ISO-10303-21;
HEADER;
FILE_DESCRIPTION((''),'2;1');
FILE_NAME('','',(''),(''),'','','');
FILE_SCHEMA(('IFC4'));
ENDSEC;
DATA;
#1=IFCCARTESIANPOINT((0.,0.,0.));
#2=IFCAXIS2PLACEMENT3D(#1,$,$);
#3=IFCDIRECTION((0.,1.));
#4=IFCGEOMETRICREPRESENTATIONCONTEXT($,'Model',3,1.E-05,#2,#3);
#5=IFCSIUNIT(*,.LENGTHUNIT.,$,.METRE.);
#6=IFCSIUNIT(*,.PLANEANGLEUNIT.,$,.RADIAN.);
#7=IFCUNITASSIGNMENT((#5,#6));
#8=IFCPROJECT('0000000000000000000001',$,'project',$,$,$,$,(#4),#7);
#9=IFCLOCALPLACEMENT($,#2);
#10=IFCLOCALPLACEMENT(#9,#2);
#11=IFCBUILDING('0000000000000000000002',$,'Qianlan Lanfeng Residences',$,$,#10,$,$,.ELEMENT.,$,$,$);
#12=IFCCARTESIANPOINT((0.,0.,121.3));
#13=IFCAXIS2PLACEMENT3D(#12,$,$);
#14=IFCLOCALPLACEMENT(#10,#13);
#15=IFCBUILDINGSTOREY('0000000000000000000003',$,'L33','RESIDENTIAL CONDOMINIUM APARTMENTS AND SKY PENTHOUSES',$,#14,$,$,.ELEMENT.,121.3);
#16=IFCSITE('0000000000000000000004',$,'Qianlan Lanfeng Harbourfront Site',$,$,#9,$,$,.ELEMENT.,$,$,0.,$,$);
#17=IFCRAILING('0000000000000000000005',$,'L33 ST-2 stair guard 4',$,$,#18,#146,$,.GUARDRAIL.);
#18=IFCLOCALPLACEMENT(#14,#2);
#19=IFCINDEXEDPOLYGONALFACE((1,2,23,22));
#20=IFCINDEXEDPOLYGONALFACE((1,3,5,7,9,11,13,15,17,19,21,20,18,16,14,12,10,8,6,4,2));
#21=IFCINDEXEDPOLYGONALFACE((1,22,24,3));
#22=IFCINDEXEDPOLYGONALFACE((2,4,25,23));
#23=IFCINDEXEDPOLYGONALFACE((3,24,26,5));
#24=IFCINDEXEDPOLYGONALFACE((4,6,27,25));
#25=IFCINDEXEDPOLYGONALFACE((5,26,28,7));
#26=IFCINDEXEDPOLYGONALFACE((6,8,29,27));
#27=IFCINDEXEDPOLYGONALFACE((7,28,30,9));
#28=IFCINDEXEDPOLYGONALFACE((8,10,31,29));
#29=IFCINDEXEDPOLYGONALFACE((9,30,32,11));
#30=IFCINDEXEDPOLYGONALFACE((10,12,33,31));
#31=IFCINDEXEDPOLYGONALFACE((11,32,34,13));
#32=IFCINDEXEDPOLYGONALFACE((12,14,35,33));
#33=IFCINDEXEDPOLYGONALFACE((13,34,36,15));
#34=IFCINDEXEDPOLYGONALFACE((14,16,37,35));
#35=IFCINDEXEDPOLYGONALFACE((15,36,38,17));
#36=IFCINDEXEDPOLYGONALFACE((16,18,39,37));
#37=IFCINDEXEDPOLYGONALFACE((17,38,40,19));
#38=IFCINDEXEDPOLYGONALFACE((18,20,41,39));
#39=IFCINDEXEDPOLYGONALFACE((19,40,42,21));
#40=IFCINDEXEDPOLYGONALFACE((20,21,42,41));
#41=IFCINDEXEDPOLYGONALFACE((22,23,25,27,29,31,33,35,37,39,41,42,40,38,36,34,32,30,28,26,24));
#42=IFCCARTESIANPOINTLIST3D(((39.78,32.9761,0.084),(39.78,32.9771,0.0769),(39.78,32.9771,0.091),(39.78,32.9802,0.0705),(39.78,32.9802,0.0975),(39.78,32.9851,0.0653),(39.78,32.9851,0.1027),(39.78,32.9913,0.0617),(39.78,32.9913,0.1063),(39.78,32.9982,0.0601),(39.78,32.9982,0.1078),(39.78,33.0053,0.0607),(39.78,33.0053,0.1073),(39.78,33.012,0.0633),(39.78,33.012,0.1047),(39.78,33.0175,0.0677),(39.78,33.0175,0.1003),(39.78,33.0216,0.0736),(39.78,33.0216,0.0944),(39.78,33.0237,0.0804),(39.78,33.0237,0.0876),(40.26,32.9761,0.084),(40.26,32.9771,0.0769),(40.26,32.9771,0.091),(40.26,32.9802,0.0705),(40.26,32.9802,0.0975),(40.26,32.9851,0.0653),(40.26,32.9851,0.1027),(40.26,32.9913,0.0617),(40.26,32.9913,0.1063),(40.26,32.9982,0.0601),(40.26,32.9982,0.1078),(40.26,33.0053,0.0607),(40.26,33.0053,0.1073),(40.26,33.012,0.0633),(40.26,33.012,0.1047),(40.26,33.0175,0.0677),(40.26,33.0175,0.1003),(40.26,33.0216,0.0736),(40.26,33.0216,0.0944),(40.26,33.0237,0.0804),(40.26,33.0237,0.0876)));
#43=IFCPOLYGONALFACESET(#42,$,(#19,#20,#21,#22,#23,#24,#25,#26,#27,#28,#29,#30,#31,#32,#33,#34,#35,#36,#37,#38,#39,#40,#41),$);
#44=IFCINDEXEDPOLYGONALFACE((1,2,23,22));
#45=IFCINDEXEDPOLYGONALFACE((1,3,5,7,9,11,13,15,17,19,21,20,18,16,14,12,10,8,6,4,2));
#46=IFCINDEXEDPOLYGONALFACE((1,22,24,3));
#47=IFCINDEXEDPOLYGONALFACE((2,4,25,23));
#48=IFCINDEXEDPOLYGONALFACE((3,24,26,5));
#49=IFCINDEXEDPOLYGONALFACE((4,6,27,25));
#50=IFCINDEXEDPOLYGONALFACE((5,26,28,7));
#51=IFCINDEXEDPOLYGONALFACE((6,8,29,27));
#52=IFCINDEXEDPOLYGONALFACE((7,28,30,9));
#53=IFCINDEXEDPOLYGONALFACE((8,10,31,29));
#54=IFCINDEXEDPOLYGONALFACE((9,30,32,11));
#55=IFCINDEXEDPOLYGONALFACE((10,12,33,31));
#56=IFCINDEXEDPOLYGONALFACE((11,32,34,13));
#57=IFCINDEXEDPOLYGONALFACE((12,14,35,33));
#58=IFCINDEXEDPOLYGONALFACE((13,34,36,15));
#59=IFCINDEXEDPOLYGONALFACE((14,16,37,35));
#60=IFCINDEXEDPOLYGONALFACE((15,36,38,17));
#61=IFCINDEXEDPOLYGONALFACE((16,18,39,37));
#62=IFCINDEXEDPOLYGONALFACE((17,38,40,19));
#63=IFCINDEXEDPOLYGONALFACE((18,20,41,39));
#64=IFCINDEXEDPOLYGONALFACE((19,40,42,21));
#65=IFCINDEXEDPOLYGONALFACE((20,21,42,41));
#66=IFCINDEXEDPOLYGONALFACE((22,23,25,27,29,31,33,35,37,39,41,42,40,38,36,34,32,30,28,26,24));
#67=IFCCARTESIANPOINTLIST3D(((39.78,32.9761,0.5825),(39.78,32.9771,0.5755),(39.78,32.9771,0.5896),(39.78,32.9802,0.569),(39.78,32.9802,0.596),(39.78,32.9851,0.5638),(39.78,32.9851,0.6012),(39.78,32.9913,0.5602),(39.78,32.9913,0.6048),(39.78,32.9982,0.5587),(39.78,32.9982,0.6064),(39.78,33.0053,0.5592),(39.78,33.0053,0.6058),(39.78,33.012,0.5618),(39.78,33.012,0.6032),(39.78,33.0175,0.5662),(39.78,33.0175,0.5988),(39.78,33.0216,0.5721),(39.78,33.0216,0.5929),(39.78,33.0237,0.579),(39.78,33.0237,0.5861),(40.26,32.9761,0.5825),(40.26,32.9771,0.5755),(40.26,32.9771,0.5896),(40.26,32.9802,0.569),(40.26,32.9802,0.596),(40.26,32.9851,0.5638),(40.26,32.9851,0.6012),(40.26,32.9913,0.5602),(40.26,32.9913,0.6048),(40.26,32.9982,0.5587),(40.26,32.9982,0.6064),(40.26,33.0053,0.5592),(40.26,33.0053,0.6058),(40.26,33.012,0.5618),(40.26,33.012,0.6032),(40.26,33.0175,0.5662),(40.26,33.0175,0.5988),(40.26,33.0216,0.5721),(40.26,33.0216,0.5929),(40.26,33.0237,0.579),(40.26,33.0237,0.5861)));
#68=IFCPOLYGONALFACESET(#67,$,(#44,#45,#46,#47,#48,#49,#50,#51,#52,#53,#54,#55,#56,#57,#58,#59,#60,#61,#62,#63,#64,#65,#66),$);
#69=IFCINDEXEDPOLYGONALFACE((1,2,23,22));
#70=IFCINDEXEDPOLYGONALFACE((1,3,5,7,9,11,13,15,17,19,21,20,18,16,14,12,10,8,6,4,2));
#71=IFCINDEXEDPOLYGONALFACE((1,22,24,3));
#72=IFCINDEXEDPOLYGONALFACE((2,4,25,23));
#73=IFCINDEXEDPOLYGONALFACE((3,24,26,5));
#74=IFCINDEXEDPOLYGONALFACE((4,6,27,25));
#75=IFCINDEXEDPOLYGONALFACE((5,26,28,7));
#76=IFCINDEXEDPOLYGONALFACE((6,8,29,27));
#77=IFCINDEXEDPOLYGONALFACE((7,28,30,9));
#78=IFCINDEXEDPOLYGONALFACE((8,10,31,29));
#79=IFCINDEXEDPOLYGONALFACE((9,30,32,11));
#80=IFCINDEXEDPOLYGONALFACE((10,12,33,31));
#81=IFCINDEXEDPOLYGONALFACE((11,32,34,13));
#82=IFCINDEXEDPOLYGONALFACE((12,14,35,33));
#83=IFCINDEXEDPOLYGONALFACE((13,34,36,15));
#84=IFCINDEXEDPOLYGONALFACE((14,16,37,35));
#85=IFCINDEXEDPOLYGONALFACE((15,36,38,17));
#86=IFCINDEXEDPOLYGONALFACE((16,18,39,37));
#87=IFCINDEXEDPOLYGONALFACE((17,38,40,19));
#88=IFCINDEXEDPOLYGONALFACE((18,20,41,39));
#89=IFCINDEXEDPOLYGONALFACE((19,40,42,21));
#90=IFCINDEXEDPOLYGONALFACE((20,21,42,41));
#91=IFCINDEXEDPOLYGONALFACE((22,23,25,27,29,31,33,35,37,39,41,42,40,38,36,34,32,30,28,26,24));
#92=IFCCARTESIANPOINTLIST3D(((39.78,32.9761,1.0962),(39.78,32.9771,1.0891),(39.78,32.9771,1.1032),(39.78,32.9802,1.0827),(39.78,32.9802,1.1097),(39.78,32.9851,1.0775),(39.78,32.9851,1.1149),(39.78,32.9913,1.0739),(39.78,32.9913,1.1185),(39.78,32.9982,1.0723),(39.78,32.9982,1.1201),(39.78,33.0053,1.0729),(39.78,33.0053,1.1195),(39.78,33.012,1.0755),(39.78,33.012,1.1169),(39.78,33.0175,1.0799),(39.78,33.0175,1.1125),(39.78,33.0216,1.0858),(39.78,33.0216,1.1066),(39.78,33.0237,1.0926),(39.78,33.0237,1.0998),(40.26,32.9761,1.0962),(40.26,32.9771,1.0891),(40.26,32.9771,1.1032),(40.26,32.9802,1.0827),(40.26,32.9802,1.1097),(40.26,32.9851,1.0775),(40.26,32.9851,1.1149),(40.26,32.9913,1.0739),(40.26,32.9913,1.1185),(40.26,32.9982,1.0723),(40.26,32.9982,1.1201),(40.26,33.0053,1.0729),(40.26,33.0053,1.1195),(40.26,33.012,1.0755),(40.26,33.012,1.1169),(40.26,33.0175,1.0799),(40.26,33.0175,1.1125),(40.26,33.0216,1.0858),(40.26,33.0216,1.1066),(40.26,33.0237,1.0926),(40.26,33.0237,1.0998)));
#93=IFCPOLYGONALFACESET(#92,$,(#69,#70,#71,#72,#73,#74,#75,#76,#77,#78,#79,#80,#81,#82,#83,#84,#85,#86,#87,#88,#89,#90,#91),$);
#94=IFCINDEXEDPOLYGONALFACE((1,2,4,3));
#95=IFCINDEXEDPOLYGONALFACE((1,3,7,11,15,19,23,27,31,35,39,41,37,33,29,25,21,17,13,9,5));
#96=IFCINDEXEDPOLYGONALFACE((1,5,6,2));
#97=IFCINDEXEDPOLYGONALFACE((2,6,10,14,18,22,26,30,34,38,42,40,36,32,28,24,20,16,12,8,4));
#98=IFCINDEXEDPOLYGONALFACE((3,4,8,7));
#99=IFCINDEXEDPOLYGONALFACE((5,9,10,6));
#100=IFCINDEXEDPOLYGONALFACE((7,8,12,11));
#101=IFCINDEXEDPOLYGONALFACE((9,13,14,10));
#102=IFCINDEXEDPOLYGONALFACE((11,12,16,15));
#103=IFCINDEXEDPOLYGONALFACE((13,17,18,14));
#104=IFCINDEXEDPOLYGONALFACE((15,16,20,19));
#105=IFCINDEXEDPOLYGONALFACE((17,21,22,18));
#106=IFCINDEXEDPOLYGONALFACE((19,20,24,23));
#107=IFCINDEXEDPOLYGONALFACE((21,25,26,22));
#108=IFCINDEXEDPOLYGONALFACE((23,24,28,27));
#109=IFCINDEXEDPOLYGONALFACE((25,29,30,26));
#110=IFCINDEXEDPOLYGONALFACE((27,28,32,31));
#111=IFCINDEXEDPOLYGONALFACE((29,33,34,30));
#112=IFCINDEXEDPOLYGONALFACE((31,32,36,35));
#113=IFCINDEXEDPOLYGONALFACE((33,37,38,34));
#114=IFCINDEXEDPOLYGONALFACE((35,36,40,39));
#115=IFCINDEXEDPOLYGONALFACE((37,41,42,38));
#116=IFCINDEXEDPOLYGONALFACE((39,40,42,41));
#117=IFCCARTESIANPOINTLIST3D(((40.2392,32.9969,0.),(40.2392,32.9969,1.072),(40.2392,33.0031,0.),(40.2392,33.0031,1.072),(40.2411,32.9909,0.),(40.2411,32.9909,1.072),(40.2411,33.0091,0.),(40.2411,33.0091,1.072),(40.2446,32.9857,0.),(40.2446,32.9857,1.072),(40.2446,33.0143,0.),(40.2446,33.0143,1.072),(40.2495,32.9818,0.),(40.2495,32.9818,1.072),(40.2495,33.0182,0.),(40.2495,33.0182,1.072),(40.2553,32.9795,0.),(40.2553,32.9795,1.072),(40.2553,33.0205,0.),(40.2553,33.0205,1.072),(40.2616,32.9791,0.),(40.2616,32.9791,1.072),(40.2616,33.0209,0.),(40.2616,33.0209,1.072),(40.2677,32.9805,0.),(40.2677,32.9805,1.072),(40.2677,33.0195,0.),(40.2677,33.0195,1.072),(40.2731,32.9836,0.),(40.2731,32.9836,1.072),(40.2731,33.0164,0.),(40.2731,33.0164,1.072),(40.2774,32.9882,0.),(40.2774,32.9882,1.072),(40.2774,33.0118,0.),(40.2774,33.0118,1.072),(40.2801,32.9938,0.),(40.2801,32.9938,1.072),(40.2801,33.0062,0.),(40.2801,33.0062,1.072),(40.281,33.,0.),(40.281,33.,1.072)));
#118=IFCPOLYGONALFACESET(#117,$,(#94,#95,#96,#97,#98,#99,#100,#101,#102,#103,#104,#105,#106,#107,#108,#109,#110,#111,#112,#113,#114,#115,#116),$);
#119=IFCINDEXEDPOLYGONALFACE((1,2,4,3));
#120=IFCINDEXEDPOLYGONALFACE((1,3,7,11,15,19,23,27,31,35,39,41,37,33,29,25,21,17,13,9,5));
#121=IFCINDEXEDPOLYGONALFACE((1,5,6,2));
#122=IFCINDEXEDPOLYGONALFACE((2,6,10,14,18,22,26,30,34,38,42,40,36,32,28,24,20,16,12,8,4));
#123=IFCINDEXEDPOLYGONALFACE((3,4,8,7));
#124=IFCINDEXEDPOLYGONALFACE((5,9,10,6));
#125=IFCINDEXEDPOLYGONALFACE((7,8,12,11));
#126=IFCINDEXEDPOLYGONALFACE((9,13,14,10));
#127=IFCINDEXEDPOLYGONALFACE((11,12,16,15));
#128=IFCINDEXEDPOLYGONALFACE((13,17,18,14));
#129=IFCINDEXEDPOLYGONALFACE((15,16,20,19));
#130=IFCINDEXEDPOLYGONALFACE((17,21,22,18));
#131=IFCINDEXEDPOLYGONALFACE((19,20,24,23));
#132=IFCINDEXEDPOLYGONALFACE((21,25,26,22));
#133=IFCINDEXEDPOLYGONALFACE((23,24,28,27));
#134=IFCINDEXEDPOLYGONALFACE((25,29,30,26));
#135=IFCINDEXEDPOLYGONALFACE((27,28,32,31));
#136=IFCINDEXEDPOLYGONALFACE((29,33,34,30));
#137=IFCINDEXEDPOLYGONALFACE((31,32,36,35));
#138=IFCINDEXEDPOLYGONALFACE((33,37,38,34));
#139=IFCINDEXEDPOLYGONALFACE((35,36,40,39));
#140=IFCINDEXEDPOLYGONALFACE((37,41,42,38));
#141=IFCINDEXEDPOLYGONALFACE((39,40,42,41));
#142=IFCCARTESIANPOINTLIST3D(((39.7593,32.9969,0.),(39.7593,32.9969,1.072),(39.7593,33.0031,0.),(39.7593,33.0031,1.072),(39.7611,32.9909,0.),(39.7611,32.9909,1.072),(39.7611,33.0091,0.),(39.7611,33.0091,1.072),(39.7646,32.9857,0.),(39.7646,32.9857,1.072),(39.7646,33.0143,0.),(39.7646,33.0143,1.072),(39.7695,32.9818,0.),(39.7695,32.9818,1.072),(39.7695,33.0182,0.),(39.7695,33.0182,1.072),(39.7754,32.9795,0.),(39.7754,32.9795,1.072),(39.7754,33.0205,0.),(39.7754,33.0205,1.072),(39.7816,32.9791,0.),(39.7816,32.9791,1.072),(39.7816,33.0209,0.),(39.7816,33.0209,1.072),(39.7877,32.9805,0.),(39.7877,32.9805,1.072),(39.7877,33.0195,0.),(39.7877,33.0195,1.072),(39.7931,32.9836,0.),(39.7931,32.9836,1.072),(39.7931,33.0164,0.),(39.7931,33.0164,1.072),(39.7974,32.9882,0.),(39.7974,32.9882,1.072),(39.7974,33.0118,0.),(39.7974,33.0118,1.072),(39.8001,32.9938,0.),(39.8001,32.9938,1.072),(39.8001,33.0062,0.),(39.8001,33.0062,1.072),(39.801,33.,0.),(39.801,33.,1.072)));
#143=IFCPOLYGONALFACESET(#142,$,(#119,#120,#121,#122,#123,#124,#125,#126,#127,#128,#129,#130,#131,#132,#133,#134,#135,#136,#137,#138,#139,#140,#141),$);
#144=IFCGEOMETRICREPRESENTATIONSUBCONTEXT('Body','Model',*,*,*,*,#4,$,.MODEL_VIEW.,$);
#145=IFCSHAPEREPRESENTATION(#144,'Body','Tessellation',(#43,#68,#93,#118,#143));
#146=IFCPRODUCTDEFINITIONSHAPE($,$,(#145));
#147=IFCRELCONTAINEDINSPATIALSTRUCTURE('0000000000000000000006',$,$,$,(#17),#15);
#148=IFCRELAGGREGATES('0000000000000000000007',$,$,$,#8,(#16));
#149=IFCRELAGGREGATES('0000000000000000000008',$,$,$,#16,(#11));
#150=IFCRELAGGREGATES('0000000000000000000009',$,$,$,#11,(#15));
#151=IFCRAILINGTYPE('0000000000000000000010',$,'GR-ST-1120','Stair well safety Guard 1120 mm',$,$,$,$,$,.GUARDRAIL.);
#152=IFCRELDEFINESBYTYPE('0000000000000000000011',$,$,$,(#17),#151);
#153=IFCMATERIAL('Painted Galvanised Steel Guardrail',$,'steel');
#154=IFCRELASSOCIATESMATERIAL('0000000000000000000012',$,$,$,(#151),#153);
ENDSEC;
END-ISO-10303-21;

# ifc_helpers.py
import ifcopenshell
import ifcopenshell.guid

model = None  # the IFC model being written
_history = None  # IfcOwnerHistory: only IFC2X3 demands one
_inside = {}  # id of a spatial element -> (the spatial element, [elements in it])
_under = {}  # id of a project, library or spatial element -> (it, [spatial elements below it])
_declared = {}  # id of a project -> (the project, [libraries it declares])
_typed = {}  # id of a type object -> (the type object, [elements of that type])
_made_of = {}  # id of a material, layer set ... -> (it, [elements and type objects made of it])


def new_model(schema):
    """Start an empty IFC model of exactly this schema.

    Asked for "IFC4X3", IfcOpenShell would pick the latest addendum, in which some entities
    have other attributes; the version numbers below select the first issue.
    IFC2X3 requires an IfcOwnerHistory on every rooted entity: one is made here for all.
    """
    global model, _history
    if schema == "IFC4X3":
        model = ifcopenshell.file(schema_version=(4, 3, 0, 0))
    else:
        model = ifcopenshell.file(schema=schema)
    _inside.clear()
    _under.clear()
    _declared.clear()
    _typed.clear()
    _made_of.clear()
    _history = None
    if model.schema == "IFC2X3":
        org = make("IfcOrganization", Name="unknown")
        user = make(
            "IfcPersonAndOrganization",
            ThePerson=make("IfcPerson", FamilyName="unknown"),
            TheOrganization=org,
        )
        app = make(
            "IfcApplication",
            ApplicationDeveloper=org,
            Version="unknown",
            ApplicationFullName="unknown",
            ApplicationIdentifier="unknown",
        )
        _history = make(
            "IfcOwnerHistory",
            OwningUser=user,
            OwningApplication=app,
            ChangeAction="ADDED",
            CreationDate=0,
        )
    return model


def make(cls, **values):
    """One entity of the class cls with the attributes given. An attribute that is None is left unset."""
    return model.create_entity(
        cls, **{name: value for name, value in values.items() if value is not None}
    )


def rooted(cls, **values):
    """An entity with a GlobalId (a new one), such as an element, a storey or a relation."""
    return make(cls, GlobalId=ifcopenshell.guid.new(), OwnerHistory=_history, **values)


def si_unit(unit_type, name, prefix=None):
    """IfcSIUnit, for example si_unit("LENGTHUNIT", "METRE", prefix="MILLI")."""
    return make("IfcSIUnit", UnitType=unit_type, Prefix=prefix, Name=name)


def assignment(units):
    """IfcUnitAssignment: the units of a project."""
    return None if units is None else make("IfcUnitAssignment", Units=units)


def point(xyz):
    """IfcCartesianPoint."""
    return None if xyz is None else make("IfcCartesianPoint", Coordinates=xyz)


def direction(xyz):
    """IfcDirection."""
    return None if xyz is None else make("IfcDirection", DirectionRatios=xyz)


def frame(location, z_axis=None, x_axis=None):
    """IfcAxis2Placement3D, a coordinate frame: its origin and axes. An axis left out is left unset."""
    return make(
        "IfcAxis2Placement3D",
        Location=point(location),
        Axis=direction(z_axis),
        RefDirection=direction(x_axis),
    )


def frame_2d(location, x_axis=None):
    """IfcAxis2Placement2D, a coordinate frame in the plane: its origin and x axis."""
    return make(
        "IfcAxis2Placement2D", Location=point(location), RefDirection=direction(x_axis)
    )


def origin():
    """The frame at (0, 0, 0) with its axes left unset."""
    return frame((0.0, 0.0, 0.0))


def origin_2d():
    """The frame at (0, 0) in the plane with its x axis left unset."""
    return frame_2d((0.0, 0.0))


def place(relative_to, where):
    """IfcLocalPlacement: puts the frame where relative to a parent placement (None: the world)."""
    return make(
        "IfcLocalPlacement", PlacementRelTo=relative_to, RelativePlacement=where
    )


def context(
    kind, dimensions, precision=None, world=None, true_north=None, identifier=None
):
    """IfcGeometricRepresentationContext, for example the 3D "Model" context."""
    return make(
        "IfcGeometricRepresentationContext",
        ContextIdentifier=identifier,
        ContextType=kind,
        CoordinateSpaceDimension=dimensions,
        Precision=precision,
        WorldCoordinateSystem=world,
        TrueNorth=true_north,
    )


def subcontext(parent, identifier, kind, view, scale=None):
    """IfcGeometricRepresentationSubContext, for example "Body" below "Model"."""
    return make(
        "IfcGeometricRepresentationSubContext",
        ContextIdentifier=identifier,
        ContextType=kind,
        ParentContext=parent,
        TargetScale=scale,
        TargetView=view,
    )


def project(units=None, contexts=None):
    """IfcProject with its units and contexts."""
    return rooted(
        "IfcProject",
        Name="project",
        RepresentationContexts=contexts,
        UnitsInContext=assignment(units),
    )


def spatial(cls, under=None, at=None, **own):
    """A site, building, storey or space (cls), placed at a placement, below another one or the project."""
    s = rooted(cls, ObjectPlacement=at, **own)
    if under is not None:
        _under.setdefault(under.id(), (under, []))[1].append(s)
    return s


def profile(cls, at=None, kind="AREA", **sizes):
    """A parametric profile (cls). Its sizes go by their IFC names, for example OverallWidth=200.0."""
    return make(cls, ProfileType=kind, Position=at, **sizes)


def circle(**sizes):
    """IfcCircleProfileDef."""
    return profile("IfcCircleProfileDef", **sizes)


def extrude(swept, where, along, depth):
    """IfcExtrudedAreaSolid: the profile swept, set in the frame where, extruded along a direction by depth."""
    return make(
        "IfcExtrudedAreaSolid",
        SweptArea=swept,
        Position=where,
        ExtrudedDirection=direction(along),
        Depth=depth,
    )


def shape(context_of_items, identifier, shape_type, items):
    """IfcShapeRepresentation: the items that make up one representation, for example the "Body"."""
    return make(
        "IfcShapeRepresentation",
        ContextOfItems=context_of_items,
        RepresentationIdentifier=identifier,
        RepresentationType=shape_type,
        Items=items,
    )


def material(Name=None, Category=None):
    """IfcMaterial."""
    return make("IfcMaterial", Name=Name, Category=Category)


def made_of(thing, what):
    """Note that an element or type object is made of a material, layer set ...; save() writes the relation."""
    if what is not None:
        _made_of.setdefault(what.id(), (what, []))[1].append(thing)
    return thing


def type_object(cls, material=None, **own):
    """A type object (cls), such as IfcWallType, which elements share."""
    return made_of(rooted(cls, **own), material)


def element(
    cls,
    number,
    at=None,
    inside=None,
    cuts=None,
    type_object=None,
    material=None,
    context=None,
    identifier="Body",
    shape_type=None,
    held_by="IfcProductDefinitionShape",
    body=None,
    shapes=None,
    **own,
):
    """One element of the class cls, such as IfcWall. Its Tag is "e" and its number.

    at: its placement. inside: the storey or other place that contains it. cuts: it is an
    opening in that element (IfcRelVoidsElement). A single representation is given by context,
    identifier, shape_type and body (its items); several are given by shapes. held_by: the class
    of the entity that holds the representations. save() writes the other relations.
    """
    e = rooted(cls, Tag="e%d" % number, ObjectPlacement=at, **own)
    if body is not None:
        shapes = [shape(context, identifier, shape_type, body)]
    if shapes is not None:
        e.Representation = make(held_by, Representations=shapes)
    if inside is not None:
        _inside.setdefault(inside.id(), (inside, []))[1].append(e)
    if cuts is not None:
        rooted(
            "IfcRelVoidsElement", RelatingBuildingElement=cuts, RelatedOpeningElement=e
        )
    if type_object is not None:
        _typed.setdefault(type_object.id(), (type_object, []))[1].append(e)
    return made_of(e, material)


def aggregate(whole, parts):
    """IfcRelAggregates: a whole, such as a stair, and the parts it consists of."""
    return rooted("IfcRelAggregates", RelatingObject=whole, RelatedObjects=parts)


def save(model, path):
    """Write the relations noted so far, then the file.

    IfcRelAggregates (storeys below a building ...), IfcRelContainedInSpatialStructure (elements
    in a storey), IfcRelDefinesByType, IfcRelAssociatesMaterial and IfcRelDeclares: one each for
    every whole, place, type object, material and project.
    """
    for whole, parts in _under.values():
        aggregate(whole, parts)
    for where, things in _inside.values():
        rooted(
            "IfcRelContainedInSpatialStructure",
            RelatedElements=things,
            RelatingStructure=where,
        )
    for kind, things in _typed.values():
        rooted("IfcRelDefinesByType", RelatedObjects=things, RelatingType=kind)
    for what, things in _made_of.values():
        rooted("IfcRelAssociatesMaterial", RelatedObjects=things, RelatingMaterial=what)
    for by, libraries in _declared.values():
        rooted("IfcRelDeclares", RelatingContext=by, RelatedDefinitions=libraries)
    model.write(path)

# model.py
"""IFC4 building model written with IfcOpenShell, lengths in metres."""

from ifc_helpers import new_model, si_unit, direction, frame, origin, origin_2d, place, context, subcontext, project, spatial, circle, extrude, material, type_object, element, save


model = new_model("IFC4")

# Units and contexts
model_context = context("Model", 3, precision=1e-05, world=origin(), true_north=direction((0.0, 1.0)))
body_context = subcontext(model_context, "Body", "Model", "MODEL_VIEW")
ifc_project = project(units=[si_unit("LENGTHUNIT", "METRE"), si_unit("PLANEANGLEUNIT", "RADIAN")], contexts=[model_context])

# Site, building, storey
site_placement = place(None, origin())
site = spatial("IfcSite", under=ifc_project, at=site_placement, Name="Qianlan Lanfeng Harbourfront Site", CompositionType="ELEMENT", RefElevation=0.0)
building_placement = place(site_placement, origin())
building = spatial("IfcBuilding", under=site, at=building_placement, Name="Qianlan Lanfeng Residences", CompositionType="ELEMENT")
storey_placement = place(building_placement, frame((0.0, 0.0, 121.3)))
storey = spatial("IfcBuildingStorey", under=building, at=storey_placement, Name="L33", Description="RESIDENTIAL CONDOMINIUM APARTMENTS AND SKY PENTHOUSES", CompositionType="ELEMENT", Elevation=121.3)

# Railing
ifc_material_1 = material(Name="Painted Galvanised Steel Guardrail", Category="steel")
railing_type_1 = type_object("IfcRailingType", Name="GR-ST-1120", Description="Stair well safety Guard 1120 mm", PredefinedType="GUARDRAIL", material=ifc_material_1)
railing_1_placement = place(storey_placement, frame((40.26, 33.0, 0.0)))
element("IfcRailing", 1, at=railing_1_placement, inside=storey, type_object=railing_type_1, Name="L33 ST-2 stair guard 4", PredefinedType="GUARDRAIL", context=body_context, shape_type="SweptSolid", body=[
    extrude(circle(Radius=0.0239, at=origin_2d()), frame((0.0, 0.0, 0.084), z_axis=(-1.0, 0.0, 0.0), x_axis=(0.0, -1.0, 0.0)), (0.0, 0.0, 1.0), 0.48),
    extrude(circle(Radius=0.0239, at=origin_2d()), frame((0.0, 0.0, 0.5825), z_axis=(-1.0, 0.0, 0.0), x_axis=(0.0, -1.0, 0.0)), (0.0, 0.0, 1.0), 0.48),
    extrude(circle(Radius=0.0239, at=origin_2d()), frame((0.0, 0.0, 1.0962), z_axis=(-1.0, 0.0, 0.0), x_axis=(0.0, -1.0, 0.0)), (0.0, 0.0, 1.0), 0.48),
    extrude(circle(Radius=0.021, at=origin_2d()), origin(), (0.0, 0.0, 1.0), 1.072),
    extrude(circle(Radius=0.021, at=origin_2d()), frame((-0.48, 0.0, 0.0)), (0.0, 0.0, 1.0), 1.072),
])

save(model, "model.ifc")
